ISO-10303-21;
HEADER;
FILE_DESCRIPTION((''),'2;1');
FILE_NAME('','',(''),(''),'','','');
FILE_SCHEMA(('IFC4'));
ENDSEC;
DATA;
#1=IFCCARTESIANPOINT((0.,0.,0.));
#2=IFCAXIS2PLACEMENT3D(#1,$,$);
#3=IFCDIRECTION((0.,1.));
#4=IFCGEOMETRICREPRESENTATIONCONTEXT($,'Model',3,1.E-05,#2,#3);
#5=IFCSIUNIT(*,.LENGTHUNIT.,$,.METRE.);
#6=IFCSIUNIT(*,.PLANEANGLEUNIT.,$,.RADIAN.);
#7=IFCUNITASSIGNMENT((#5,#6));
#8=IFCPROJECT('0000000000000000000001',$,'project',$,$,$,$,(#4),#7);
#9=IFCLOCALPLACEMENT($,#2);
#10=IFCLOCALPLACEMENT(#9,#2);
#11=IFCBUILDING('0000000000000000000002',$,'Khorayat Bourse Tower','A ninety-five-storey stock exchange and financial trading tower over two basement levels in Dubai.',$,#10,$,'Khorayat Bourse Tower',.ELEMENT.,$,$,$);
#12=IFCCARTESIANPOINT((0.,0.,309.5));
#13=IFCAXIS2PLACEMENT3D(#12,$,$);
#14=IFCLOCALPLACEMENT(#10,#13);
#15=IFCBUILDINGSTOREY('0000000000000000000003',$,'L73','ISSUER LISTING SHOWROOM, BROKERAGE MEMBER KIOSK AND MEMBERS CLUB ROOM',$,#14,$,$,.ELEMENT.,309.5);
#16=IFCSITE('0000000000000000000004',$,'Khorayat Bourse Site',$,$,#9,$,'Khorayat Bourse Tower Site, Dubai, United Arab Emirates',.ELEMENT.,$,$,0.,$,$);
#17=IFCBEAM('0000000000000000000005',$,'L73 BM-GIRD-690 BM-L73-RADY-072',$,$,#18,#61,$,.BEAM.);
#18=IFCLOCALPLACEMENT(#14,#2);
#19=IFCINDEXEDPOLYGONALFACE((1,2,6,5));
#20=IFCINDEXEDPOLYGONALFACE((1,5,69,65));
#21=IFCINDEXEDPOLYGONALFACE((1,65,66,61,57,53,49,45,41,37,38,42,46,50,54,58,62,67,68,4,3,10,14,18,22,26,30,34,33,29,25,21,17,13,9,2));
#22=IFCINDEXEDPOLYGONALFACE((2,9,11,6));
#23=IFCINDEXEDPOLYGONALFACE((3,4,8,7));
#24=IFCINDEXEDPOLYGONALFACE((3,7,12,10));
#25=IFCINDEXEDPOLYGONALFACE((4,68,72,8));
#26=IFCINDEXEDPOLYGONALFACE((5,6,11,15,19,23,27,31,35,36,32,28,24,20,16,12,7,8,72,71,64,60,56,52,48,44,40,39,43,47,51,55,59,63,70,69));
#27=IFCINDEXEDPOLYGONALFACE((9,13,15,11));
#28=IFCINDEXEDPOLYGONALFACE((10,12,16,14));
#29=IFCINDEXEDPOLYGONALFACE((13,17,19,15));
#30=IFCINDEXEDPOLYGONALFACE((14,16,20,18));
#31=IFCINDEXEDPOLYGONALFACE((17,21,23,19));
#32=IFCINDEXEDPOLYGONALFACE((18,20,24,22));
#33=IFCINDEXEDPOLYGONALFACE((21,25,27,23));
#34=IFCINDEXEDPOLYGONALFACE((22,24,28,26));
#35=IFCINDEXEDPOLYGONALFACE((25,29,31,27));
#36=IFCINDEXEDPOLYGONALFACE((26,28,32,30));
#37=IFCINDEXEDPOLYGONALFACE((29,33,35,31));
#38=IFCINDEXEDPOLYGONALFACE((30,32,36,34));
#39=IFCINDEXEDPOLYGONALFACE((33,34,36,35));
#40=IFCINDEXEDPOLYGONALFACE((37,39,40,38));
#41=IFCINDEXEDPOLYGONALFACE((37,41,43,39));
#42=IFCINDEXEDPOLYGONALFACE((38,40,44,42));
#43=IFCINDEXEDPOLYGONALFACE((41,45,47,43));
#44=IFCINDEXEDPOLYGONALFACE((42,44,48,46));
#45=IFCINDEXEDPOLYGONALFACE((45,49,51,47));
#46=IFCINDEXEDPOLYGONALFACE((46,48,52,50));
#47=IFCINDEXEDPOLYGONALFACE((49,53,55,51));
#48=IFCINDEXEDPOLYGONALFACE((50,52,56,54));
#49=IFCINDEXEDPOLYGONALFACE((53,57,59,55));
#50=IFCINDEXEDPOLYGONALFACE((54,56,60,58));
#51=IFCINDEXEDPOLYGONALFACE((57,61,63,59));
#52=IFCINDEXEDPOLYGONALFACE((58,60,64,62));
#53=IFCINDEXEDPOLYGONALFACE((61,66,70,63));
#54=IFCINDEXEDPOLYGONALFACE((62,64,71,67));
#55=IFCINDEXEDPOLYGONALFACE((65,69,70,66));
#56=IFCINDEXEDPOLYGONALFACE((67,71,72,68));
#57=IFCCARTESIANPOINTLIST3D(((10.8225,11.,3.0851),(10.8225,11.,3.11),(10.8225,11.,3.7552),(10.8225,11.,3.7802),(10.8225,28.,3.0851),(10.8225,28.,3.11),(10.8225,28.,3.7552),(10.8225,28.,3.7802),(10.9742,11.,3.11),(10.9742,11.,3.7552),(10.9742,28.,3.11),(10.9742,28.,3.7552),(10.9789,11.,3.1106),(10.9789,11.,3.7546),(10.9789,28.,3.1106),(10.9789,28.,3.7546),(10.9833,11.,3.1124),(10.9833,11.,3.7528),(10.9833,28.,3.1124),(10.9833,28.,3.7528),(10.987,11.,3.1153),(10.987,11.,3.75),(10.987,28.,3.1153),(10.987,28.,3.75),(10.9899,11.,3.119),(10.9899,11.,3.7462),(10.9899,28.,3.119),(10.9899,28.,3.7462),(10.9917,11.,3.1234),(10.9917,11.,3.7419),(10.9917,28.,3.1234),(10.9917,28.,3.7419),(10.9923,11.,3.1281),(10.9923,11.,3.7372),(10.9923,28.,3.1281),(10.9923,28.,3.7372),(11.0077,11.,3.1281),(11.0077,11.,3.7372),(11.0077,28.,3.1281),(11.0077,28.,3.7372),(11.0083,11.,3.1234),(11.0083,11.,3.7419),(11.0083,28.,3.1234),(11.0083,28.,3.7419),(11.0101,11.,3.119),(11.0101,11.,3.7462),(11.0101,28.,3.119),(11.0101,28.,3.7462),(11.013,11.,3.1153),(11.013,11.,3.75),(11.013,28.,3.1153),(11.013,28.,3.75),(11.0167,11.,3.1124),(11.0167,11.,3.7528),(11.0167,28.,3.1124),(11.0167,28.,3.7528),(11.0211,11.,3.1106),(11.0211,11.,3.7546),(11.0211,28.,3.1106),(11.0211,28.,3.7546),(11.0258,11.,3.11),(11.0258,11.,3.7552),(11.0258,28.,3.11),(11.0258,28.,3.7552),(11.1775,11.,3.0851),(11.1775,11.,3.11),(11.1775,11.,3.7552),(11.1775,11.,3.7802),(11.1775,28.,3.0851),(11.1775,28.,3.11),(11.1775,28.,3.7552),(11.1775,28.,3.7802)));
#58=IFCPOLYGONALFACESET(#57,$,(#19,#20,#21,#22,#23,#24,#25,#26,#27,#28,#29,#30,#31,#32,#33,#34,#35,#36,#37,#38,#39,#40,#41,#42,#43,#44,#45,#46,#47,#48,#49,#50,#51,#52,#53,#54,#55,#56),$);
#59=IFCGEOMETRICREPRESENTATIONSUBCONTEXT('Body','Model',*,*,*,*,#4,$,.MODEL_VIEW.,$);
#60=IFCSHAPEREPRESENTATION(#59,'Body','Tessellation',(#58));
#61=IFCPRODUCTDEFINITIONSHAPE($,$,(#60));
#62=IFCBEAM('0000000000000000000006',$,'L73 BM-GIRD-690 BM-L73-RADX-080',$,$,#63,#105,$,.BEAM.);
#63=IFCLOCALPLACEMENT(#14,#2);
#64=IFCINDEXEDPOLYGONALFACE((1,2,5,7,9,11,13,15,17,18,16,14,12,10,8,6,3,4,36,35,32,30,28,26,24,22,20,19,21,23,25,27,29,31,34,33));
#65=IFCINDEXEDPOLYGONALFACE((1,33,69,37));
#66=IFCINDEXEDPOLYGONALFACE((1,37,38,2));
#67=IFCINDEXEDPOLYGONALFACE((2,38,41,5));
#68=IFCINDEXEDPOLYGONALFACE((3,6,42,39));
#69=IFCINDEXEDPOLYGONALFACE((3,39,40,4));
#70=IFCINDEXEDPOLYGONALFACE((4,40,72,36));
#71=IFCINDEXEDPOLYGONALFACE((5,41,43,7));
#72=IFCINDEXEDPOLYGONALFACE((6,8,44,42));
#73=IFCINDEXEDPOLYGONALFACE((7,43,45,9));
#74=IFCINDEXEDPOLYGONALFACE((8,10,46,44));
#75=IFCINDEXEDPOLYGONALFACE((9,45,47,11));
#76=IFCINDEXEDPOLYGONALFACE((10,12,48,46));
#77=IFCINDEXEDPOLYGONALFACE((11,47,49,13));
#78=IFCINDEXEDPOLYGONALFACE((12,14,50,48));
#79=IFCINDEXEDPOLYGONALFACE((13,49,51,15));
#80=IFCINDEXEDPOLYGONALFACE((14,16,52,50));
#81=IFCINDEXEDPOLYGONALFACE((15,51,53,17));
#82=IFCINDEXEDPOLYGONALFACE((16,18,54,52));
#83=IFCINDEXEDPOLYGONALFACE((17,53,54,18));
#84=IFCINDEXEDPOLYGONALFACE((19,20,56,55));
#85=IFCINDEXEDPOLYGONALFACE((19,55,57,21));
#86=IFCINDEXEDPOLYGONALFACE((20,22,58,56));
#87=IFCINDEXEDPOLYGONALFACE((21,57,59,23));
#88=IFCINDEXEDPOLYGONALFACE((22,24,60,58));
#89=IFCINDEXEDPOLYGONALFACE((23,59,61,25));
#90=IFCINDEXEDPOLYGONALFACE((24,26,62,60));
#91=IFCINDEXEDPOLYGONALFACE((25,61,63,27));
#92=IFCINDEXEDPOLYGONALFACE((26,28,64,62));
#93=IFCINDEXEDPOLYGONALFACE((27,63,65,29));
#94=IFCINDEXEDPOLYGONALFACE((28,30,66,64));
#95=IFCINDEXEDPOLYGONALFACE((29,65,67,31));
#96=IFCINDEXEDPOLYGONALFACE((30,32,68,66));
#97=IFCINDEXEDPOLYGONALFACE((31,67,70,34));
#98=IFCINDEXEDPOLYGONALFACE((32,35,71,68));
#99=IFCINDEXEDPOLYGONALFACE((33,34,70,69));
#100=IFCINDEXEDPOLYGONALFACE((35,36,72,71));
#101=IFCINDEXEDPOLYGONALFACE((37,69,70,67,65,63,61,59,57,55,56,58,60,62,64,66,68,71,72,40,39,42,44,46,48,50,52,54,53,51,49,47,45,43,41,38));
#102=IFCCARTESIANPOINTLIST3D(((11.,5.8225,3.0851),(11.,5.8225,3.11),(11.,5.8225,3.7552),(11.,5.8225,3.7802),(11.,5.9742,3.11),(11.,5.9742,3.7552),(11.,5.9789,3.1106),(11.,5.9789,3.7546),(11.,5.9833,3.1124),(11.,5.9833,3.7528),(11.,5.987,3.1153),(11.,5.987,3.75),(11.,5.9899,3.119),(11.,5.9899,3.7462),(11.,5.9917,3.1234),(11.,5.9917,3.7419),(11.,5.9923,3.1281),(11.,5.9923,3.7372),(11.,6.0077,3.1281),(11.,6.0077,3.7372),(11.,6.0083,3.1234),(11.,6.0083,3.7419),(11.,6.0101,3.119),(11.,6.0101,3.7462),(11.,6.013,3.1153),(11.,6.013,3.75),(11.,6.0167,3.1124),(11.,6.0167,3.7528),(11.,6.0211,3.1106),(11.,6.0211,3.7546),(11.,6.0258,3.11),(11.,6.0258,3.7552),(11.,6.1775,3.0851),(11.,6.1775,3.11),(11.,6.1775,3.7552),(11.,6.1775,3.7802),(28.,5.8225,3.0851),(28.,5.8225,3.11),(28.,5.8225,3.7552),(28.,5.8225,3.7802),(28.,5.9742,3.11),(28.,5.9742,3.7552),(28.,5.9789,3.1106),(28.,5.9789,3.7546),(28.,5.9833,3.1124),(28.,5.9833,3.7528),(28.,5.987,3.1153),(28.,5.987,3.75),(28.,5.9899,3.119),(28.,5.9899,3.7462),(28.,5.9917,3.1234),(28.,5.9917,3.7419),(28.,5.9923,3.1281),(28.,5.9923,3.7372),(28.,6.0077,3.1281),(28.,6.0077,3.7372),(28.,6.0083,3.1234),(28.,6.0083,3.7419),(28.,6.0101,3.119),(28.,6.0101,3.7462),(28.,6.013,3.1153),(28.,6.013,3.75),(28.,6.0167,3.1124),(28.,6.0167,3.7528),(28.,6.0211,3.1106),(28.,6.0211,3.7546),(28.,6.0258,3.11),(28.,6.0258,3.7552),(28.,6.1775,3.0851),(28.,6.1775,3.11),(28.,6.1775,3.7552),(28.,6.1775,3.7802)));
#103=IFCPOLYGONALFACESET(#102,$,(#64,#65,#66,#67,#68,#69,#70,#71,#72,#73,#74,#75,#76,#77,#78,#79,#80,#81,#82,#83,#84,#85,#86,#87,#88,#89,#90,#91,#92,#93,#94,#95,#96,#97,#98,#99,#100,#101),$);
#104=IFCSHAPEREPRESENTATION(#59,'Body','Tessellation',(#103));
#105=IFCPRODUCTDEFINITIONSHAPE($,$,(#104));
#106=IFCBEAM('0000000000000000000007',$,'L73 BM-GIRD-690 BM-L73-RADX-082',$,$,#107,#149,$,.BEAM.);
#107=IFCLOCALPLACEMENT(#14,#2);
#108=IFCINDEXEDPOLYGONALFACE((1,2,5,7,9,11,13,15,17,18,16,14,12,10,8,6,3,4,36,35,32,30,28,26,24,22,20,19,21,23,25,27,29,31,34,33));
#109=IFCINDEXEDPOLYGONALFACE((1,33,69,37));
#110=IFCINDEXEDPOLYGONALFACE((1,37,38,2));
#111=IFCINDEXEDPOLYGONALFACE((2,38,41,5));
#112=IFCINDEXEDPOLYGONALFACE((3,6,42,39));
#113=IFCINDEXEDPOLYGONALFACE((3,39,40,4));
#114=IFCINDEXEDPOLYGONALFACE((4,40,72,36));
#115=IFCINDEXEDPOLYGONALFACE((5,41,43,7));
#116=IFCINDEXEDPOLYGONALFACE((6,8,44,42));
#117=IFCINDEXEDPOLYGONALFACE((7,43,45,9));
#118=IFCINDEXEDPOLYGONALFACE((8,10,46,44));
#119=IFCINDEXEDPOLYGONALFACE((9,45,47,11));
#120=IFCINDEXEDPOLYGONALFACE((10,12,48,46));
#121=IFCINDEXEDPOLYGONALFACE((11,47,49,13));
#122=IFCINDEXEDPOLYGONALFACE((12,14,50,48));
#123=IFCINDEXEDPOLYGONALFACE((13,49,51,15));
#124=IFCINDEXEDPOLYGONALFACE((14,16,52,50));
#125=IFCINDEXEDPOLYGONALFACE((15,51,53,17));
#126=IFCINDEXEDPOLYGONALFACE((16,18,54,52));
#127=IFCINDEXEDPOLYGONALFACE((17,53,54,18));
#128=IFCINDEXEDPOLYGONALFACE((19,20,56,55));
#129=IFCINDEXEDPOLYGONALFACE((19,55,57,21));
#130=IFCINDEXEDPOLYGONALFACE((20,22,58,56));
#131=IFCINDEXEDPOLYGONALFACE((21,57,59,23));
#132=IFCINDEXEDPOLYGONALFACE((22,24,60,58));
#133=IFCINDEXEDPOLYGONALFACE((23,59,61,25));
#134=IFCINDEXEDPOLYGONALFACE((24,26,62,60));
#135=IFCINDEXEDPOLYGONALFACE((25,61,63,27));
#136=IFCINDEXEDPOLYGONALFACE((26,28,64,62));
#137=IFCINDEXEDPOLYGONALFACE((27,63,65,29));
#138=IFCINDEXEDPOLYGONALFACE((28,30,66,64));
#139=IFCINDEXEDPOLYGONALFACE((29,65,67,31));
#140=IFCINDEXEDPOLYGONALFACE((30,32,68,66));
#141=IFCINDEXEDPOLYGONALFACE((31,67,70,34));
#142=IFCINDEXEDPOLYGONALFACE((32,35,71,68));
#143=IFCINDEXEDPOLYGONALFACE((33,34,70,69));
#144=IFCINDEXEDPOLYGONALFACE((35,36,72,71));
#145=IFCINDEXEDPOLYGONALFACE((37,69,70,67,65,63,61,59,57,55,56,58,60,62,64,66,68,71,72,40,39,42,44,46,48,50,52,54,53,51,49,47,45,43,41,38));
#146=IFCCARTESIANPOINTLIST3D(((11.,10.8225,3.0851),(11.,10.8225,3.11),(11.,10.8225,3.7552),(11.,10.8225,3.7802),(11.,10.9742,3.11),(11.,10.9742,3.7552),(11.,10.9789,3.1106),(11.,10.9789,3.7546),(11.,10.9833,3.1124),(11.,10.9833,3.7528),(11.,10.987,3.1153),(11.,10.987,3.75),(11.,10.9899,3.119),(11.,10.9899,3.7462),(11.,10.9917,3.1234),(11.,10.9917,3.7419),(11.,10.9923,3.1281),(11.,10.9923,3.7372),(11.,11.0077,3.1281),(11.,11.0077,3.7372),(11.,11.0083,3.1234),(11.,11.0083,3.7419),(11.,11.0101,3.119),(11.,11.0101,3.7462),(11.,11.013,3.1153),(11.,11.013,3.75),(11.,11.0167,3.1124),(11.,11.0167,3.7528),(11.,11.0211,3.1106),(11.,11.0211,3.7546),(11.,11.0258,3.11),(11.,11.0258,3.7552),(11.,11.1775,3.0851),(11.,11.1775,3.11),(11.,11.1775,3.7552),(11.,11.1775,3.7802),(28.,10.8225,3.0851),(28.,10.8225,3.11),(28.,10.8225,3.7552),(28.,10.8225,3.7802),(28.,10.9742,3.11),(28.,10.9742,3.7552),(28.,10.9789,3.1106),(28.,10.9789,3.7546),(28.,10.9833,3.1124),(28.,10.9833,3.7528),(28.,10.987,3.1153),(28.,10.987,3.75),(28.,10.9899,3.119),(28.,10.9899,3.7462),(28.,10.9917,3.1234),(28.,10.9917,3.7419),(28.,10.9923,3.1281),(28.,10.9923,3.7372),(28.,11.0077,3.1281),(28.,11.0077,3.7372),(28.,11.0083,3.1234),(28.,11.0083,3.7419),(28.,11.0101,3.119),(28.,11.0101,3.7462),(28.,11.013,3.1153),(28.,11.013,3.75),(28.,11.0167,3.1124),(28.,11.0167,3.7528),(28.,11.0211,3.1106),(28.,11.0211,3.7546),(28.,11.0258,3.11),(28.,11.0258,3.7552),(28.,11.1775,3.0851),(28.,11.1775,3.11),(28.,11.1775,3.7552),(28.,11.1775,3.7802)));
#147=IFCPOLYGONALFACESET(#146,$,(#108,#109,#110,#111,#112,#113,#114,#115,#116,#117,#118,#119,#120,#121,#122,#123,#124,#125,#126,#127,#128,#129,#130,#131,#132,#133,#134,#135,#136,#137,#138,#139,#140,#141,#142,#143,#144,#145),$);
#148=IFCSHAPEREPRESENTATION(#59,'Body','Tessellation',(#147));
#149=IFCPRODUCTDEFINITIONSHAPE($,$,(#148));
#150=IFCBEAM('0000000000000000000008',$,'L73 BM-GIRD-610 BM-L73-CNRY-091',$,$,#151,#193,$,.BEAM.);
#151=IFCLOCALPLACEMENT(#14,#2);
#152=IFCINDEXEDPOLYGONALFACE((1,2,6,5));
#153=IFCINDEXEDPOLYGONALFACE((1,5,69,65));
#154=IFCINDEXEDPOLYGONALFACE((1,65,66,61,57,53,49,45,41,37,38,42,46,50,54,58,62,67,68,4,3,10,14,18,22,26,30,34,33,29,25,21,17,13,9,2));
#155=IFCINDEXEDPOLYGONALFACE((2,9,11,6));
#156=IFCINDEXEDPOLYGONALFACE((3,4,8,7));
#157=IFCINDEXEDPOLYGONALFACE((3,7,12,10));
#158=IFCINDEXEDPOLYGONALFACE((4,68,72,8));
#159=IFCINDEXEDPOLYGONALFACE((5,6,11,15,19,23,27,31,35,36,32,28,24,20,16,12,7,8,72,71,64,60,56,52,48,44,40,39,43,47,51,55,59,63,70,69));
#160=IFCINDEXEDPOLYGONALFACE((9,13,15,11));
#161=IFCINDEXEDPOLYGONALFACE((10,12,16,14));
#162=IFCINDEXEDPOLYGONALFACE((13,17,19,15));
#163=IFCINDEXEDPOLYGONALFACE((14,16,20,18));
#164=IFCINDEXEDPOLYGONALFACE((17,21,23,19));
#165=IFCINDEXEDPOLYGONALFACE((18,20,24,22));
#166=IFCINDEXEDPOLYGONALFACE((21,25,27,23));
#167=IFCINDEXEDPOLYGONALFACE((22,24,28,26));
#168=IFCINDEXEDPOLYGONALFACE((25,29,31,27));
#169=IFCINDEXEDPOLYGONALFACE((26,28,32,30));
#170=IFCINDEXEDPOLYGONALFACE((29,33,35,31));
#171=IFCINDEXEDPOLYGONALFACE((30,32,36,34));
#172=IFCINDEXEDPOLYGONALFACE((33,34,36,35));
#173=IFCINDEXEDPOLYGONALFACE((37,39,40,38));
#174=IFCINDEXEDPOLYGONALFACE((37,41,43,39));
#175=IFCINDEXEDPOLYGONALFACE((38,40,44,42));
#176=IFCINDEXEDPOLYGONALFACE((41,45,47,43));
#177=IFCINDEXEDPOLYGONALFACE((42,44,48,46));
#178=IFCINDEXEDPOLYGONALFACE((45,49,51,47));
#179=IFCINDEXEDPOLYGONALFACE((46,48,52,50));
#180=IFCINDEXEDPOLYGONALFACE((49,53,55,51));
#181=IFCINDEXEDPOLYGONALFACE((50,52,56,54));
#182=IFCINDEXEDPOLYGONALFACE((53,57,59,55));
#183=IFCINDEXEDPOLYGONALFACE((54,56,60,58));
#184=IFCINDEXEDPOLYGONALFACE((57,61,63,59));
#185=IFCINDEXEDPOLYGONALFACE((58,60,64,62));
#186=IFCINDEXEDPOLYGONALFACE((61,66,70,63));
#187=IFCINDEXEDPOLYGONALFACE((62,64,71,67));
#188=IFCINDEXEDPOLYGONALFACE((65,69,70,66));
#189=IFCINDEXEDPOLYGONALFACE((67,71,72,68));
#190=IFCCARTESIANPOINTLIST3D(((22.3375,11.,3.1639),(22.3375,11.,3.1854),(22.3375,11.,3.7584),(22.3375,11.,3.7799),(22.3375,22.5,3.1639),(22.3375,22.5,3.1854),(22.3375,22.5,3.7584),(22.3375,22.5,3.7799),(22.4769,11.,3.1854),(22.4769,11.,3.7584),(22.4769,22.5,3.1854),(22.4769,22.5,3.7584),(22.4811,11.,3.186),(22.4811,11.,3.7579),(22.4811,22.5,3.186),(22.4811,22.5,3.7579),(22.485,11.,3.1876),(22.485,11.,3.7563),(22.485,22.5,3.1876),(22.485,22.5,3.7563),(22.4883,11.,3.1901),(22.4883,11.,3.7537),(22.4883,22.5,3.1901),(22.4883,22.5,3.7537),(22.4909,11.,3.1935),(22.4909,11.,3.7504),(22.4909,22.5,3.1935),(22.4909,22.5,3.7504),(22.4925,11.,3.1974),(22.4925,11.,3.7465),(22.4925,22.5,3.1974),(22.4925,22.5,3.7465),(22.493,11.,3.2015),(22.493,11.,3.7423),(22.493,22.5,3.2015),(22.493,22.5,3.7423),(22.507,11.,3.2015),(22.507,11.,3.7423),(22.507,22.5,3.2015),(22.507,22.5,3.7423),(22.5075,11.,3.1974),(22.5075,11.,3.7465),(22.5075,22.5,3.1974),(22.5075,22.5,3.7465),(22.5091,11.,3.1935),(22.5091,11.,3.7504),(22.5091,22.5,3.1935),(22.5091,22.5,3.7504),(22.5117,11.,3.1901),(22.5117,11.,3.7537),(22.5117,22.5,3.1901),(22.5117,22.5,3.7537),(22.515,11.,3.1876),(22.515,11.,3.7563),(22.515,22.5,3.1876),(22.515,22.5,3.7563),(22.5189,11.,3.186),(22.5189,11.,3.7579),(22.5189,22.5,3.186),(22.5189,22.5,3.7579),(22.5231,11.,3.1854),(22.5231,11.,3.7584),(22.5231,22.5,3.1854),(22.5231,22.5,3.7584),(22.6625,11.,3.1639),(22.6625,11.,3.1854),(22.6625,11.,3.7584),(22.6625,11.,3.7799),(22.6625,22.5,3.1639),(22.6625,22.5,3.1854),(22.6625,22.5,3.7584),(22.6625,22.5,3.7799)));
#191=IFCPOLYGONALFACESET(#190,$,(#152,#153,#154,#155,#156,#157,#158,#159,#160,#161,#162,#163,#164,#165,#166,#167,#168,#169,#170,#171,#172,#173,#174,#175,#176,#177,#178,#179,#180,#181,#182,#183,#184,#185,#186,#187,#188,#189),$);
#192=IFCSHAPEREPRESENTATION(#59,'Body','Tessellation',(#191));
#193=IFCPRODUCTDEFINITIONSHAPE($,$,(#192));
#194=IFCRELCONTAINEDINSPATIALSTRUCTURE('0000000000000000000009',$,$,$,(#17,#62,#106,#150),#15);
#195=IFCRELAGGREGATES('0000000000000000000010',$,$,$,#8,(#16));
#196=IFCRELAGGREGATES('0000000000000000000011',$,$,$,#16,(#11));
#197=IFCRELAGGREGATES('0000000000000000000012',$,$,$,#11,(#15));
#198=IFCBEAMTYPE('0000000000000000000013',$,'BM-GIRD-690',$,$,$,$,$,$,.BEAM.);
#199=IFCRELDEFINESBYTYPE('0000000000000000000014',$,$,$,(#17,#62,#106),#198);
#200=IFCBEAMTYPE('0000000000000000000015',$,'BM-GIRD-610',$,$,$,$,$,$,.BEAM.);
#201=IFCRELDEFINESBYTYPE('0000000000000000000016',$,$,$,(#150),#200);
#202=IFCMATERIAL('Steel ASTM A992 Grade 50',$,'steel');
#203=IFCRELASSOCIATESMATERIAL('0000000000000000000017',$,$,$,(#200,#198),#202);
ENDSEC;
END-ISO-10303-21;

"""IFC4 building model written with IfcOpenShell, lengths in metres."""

from ifc_helpers import new_model, si_unit, direction, frame, origin, origin_2d, place, context, subcontext, project, spatial, i_section, extrude, source, transform, mapped, material, material_profile, profile_set, type_object, element, save


model = new_model("IFC4")

# Units and contexts
model_context = context("Model", 3, precision=1e-05, world=origin(), true_north=direction((0.0, 1.0)))
body_context = subcontext(model_context, "Body", "Model", "MODEL_VIEW")
ifc_project = project(units=[si_unit("LENGTHUNIT", "METRE"), si_unit("PLANEANGLEUNIT", "RADIAN")], contexts=[model_context])

# Site, building, storey
site_placement = place(None, origin())
site = spatial("IfcSite", under=ifc_project, at=site_placement, Name="Khorayat Bourse Site", LongName="Khorayat Bourse Tower Site, Dubai, United Arab Emirates", CompositionType="ELEMENT", RefElevation=0.0)
building_placement = place(site_placement, origin())
building = spatial("IfcBuilding", under=site, at=building_placement, Name="Khorayat Bourse Tower", Description="A ninety-five-storey stock exchange and financial trading tower over two basement levels in Dubai.", LongName="Khorayat Bourse Tower", CompositionType="ELEMENT")
storey_placement = place(building_placement, frame((0.0, 0.0, 309.5)))
storey = spatial("IfcBuildingStorey", under=building, at=storey_placement, Name="L73", Description="ISSUER LISTING SHOWROOM, BROKERAGE MEMBER KIOSK AND MEMBERS CLUB ROOM", CompositionType="ELEMENT", Elevation=309.5)

# Shared definitions
ifc_material_1 = material(Name="Steel ASTM A992 Grade 50", Category="steel")
ifc_material_profile_1 = material_profile(ifc_material_1, i_section(OverallWidth=0.325, OverallDepth=0.616, WebThickness=0.0139, FlangeThickness=0.0215, FilletRadius=0.0161, at=origin_2d()), Name="W610X174")
ifc_profile_set_1 = profile_set([ifc_material_profile_1], Name="Steel ASTM A992 Grade 50")
beam_type_1 = type_object("IfcBeamType", Name="BM-GIRD-610", PredefinedType="BEAM", material=ifc_profile_set_1)

# Beams
ifc_material_profile_2 = material_profile(ifc_material_1, i_section(OverallWidth=0.355, OverallDepth=0.6951, WebThickness=0.0154, FlangeThickness=0.0249, FilletRadius=0.0181, at=origin_2d()), Name="W690X217")
ifc_profile_set_2 = profile_set([ifc_material_profile_2], Name="Steel ASTM A992 Grade 50")
beam_type_2 = type_object("IfcBeamType", Name="BM-GIRD-690", PredefinedType="BEAM", material=ifc_profile_set_2)
shared_shape_1 = source(origin(), body_context, "Body", "SweptSolid", [
    extrude(i_section(OverallWidth=0.355, OverallDepth=0.6951, WebThickness=0.0154, FlangeThickness=0.0249, FilletRadius=0.0181, at=origin_2d()), origin(), (0.0, 0.0, 1.0), 17.0),
])
for number, where, z_axis, x_axis, name in (
    (1, (11.0, 11.0, 3.4326), (0.0, 1.0, 0.0), (-1.0, 0.0, 0.0), "L73 BM-GIRD-690 BM-L73-RADY-072"),
    (2, (11.0, 6.0, 3.4326), (1.0, 0.0, 0.0), (0.0, 1.0, 0.0), "L73 BM-GIRD-690 BM-L73-RADX-080"),
    (3, (11.0, 11.0, 3.4326), (1.0, 0.0, 0.0), (0.0, 1.0, 0.0), "L73 BM-GIRD-690 BM-L73-RADX-082"),
):
    element("IfcBeam", number, at=place(storey_placement, frame(where, z_axis=z_axis, x_axis=x_axis)), inside=storey, type_object=beam_type_2, Name=name, PredefinedType="BEAM", context=body_context, shape_type="MappedRepresentation", body=[
        mapped(shared_shape_1, transform((0.0, 0.0, 0.0), scale=1.0)),
    ])
shared_shape_2 = source(origin(), body_context, "Body", "SweptSolid", [
    extrude(i_section(OverallWidth=0.325, OverallDepth=0.616, WebThickness=0.0139, FlangeThickness=0.0215, FilletRadius=0.0161, at=origin_2d()), origin(), (0.0, 0.0, 1.0), 11.5),
])
beam_1_placement = place(storey_placement, frame((22.5, 11.0, 3.4719), z_axis=(0.0, 1.0, 0.0), x_axis=(-1.0, 0.0, 0.0)))
element("IfcBeam", 4, at=beam_1_placement, inside=storey, type_object=beam_type_1, Name="L73 BM-GIRD-610 BM-L73-CNRY-091", PredefinedType="BEAM", context=body_context, shape_type="MappedRepresentation", body=[
    mapped(shared_shape_2, transform((0.0, 0.0, 0.0), scale=1.0)),
])

save(model, "model.ifc")
